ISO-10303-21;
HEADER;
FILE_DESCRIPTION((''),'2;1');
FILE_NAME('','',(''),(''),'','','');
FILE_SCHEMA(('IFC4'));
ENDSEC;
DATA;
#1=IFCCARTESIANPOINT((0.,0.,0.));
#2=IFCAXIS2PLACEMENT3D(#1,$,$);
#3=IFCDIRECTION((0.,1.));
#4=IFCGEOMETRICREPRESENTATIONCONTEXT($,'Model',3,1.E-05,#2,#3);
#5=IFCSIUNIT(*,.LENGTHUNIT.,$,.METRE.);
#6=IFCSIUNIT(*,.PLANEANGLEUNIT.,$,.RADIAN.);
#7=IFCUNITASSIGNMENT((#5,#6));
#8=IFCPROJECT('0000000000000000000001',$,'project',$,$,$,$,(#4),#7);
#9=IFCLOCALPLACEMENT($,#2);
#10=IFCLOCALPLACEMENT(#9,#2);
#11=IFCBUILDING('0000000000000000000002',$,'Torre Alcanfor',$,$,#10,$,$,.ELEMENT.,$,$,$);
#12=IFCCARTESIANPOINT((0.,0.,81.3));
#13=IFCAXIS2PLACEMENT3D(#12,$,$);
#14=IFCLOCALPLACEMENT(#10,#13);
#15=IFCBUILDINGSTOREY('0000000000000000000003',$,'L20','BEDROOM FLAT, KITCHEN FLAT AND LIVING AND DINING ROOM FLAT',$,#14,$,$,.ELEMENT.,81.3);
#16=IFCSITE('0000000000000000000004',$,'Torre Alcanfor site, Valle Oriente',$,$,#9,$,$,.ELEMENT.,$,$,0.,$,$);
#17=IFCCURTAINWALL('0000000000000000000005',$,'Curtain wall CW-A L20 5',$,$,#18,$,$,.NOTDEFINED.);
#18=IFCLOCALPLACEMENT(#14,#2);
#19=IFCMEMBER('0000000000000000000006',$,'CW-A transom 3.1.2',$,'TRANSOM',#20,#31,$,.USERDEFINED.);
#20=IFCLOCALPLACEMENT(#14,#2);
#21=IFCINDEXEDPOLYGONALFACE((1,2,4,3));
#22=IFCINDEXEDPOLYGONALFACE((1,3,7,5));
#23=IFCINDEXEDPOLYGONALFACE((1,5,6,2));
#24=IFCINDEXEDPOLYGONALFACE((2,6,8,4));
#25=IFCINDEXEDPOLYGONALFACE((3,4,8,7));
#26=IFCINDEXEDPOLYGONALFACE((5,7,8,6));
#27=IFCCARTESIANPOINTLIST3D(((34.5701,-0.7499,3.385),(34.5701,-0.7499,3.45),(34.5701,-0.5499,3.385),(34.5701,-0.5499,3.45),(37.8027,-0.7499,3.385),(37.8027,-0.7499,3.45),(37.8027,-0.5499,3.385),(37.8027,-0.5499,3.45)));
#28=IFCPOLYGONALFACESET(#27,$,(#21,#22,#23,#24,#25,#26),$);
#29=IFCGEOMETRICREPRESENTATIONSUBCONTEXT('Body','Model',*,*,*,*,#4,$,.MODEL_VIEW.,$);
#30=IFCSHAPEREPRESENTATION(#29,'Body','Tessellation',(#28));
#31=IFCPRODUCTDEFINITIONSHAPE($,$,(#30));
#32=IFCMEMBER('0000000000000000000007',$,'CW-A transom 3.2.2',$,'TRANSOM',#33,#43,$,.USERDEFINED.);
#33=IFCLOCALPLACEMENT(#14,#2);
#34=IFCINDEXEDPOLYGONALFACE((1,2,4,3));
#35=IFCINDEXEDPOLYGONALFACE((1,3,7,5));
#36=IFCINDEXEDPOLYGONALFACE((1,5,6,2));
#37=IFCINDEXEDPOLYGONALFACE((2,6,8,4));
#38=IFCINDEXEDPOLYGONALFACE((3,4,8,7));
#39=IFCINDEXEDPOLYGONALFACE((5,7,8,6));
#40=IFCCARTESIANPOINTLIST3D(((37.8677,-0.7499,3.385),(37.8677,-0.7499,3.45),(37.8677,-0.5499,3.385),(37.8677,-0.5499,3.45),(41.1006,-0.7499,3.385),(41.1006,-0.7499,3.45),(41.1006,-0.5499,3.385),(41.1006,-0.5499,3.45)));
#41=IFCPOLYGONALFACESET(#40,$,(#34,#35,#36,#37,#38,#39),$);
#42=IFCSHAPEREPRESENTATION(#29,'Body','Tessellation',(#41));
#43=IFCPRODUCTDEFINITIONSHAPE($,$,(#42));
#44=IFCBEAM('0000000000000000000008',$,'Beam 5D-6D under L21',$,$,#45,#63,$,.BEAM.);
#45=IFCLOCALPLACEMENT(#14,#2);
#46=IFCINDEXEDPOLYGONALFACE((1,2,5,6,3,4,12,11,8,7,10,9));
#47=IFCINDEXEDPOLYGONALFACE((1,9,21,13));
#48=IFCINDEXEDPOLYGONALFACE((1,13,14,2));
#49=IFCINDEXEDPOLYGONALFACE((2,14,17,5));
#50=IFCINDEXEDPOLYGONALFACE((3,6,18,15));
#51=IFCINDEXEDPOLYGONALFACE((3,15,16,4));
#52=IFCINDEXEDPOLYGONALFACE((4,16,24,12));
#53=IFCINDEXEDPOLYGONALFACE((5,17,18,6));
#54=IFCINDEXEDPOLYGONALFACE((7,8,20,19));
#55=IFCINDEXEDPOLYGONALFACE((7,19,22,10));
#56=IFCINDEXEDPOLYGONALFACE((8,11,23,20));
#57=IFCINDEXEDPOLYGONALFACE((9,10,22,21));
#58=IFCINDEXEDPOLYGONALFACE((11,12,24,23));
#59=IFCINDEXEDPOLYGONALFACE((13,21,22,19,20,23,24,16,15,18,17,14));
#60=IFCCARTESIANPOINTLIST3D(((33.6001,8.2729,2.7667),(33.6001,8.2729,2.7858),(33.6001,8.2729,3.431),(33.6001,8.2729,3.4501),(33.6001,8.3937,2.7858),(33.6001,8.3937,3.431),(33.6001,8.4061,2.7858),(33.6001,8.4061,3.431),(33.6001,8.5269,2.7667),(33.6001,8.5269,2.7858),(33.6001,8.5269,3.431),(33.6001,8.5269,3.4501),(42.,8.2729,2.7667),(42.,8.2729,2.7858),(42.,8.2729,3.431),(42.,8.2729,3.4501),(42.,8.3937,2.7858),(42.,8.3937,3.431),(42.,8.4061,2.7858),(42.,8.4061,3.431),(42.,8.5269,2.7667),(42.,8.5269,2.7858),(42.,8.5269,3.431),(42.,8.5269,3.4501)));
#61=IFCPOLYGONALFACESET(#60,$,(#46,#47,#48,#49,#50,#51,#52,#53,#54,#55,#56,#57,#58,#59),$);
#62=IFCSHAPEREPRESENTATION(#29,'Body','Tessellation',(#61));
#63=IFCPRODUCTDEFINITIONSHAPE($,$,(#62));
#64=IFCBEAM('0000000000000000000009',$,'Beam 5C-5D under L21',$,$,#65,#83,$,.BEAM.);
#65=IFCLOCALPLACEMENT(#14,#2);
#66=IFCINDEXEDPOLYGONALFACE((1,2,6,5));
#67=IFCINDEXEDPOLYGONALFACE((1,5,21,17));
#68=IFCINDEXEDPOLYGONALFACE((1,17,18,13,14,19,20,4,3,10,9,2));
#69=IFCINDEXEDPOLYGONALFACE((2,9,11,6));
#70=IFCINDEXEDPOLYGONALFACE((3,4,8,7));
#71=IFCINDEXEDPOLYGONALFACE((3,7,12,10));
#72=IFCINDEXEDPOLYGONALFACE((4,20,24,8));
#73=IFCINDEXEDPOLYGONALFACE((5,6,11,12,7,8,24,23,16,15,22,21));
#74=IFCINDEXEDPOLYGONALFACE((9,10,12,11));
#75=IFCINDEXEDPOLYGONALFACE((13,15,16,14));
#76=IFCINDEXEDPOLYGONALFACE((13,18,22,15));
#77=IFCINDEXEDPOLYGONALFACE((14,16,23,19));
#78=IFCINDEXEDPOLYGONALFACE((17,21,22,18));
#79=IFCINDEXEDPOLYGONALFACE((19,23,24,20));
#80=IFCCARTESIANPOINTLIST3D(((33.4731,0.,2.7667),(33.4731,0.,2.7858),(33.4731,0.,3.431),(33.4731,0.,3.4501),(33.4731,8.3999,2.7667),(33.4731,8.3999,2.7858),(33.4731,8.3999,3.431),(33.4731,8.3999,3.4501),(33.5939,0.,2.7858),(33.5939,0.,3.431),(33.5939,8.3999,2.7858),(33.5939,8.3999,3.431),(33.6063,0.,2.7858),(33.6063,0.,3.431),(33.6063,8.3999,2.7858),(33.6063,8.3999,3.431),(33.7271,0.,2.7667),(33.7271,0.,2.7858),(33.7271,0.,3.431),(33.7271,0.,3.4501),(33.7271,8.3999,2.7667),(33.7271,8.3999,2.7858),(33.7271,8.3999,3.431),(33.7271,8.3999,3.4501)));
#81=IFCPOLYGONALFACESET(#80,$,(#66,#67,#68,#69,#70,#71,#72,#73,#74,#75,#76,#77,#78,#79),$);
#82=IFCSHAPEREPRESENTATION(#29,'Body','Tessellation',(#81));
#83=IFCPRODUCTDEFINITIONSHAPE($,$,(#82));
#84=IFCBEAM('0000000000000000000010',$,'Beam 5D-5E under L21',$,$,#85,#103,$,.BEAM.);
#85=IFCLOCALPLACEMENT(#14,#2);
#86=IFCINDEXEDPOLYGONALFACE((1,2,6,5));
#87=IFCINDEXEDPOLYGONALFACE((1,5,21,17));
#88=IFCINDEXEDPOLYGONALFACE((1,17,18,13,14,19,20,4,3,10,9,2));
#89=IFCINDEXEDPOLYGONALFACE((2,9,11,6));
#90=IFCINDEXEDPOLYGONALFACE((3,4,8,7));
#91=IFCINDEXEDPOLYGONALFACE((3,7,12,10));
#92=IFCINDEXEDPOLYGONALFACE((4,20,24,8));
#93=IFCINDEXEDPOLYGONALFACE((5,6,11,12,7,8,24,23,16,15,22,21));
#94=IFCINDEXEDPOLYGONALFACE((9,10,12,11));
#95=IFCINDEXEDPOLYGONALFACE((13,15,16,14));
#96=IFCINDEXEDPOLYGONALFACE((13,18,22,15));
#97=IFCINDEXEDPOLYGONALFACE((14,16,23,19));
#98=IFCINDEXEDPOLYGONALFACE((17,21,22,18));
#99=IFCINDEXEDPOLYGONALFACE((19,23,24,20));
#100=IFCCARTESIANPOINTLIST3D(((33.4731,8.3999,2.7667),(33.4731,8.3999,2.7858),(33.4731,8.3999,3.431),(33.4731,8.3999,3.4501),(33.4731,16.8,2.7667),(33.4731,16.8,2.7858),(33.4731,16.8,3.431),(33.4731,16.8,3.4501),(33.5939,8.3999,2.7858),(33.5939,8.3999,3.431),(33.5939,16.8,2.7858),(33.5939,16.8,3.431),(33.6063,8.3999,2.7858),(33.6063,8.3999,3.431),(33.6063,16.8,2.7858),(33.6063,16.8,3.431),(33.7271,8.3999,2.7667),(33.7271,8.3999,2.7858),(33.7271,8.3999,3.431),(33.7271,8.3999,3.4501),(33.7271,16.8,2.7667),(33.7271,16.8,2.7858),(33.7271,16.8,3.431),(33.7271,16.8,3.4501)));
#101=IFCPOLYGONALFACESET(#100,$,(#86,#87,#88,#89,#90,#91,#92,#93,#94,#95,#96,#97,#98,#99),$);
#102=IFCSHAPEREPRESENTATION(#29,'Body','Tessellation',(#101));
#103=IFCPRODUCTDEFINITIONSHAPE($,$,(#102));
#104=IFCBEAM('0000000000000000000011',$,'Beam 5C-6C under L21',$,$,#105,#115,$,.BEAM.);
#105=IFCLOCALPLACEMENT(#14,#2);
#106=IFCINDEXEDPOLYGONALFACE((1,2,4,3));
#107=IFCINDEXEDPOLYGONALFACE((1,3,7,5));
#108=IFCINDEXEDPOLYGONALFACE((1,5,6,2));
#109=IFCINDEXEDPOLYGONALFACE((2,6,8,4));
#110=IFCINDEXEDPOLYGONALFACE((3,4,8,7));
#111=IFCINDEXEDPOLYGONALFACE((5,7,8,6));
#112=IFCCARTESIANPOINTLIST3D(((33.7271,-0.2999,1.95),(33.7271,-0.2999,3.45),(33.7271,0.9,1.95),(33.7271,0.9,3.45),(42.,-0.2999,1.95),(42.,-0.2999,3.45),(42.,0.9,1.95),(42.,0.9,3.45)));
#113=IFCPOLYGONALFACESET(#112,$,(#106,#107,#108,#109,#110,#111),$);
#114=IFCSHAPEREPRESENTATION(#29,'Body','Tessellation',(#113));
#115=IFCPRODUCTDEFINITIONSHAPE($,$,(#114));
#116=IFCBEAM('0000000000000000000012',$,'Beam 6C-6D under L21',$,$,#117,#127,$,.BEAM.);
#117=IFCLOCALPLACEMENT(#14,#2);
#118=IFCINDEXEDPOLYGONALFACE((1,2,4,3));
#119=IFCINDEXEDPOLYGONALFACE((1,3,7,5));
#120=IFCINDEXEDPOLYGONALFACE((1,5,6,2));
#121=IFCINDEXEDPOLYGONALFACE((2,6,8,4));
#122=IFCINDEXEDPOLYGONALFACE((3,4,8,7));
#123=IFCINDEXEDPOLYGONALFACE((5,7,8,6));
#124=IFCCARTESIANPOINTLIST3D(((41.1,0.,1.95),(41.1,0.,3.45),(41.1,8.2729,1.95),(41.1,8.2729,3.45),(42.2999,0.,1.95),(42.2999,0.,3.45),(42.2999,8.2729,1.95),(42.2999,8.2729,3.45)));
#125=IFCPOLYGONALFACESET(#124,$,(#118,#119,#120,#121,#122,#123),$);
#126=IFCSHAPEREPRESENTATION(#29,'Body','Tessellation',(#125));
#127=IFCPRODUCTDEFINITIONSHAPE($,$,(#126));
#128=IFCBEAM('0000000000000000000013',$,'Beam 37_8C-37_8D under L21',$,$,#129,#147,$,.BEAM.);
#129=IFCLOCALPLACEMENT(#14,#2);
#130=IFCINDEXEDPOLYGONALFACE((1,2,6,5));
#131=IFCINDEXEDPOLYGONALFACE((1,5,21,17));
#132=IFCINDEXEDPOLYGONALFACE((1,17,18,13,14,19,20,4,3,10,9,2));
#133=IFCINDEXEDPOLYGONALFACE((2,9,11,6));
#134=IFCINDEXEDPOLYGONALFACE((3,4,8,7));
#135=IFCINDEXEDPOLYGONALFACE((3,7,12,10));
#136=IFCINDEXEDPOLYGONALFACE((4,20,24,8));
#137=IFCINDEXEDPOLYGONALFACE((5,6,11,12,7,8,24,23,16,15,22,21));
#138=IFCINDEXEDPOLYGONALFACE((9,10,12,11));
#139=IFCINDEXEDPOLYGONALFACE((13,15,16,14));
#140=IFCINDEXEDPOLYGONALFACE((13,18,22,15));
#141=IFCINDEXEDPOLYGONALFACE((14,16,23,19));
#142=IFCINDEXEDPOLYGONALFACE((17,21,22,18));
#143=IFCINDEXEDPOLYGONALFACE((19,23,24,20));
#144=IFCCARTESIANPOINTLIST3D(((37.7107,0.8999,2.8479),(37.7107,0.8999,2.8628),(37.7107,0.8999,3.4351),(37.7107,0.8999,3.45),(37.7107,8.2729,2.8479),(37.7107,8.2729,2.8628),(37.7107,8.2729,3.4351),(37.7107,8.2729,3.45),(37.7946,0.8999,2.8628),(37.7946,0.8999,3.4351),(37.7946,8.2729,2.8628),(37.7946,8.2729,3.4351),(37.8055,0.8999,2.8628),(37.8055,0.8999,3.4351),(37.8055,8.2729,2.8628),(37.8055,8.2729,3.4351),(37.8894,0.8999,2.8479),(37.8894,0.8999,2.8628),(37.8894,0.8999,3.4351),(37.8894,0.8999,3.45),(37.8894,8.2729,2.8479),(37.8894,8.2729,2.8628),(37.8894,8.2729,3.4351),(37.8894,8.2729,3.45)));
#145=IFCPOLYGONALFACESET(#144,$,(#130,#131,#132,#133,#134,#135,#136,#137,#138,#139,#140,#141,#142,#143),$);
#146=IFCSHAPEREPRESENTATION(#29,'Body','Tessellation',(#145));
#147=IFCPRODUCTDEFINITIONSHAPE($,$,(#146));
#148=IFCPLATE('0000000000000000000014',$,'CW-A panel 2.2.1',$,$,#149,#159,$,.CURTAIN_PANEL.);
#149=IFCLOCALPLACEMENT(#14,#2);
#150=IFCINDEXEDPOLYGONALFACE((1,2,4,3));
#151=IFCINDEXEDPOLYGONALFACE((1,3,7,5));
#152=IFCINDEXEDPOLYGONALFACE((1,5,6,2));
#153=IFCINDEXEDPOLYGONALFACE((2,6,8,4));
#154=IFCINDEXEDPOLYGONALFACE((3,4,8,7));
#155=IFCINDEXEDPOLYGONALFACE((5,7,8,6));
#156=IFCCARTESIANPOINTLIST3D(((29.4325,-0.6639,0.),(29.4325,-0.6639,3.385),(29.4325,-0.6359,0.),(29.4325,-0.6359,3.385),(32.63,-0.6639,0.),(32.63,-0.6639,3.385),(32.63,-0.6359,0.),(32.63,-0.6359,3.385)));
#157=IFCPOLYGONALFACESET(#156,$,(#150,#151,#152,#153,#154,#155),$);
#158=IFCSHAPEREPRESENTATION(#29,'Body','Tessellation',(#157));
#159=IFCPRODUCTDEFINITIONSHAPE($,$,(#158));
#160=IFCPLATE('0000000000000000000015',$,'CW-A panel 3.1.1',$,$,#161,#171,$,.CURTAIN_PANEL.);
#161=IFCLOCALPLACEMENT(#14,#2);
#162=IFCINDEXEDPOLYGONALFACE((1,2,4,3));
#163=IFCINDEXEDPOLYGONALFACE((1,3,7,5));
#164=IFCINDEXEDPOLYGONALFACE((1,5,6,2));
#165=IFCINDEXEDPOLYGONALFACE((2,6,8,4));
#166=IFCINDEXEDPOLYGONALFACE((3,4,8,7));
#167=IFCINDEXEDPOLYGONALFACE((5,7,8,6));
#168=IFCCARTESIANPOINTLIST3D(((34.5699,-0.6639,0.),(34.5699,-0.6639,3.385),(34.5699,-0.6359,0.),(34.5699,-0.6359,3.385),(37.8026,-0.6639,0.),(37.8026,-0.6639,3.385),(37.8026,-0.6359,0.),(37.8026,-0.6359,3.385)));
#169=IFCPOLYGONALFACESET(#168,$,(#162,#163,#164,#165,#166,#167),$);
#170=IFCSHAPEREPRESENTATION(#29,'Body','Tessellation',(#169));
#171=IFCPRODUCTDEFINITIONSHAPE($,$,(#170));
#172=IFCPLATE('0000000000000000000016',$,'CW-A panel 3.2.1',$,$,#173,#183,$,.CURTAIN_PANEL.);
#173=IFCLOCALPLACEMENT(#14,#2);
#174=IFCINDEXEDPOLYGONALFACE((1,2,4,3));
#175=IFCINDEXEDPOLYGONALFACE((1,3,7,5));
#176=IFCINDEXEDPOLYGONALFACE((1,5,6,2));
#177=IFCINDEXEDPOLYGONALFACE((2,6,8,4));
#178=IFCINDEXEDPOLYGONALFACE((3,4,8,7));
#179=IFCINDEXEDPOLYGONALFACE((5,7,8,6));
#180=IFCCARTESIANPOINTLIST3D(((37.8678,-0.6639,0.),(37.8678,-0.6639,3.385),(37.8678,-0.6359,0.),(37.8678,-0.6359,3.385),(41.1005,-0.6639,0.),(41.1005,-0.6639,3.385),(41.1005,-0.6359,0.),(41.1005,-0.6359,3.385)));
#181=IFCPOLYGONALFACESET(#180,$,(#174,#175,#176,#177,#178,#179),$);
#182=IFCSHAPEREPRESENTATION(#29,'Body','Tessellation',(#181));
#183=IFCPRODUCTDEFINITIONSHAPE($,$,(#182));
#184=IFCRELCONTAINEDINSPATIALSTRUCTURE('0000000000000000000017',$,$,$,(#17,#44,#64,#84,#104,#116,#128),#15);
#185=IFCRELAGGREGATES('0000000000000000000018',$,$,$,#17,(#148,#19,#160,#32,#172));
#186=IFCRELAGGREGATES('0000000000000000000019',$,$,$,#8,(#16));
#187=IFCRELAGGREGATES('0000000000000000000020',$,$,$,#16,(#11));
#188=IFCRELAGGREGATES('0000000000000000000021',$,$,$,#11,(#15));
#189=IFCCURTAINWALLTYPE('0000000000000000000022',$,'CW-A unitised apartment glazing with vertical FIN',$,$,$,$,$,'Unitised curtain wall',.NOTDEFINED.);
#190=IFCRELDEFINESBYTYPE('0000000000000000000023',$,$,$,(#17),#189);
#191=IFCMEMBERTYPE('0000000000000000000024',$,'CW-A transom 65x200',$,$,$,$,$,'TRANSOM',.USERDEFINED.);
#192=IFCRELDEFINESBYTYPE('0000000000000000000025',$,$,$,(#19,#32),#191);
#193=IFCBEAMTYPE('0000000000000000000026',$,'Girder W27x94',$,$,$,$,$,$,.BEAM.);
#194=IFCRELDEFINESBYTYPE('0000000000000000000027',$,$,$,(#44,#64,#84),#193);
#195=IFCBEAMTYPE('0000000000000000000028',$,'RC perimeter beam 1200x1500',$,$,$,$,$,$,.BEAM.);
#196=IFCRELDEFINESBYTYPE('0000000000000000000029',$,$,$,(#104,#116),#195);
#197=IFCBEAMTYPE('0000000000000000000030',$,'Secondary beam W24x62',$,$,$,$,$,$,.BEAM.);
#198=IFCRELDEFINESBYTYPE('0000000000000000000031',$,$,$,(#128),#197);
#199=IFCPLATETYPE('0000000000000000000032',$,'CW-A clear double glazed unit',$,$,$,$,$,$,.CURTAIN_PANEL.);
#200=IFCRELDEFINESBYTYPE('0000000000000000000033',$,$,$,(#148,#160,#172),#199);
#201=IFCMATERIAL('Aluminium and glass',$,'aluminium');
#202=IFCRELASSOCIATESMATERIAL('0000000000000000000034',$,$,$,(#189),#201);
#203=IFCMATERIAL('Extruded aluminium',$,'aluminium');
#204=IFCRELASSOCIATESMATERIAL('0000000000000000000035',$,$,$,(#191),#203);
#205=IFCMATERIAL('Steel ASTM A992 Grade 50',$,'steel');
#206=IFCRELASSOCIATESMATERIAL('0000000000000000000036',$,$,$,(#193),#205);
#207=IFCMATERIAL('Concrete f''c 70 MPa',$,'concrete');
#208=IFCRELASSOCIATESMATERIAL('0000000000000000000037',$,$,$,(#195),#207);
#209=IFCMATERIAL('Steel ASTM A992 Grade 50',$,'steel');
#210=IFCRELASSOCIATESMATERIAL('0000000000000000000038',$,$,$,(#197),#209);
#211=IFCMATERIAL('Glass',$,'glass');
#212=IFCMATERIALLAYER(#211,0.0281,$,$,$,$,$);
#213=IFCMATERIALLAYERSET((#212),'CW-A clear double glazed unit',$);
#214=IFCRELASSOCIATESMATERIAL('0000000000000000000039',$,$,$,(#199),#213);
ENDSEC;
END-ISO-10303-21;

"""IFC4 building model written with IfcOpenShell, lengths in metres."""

from ifc_helpers import new_model, si_unit, direction, frame, origin, origin_2d, place, context, subcontext, project, spatial, rectangle, i_section, extrude, material, layer, layer_set, material_profile, profile_set, type_object, element, aggregate, save


model = new_model("IFC4")

# Units and contexts
model_context = context("Model", 3, precision=1e-05, world=origin(), true_north=direction((0.0, 1.0)))
body_context = subcontext(model_context, "Body", "Model", "MODEL_VIEW")
ifc_project = project(units=[si_unit("LENGTHUNIT", "METRE"), si_unit("PLANEANGLEUNIT", "RADIAN")], contexts=[model_context])

# Site, building, storey
site_placement = place(None, origin())
site = spatial("IfcSite", under=ifc_project, at=site_placement, Name="Torre Alcanfor site, Valle Oriente", CompositionType="ELEMENT", RefElevation=0.0)
building_placement = place(site_placement, origin())
building = spatial("IfcBuilding", under=site, at=building_placement, Name="Torre Alcanfor", CompositionType="ELEMENT")
storey_placement = place(building_placement, frame((0.0, 0.0, 81.3)))
storey = spatial("IfcBuildingStorey", under=building, at=storey_placement, Name="L20", Description="BEDROOM FLAT, KITCHEN FLAT AND LIVING AND DINING ROOM FLAT", CompositionType="ELEMENT", Elevation=81.3)

# Curtain wall, members
ifc_material_1 = material(Name="Aluminium and glass", Category="aluminium")
curtain_wall_type = type_object("IfcCurtainWallType", Name="CW-A unitised apartment glazing with vertical FIN", ElementType="Unitised curtain wall", PredefinedType="NOTDEFINED", material=ifc_material_1)
curtain_wall_placement = place(storey_placement, origin())
curtain_wall = element("IfcCurtainWall", 1, at=curtain_wall_placement, inside=storey, type_object=curtain_wall_type, Name="Curtain wall CW-A L20 5", PredefinedType="NOTDEFINED")
ifc_material_2 = material(Name="Extruded aluminium", Category="aluminium")
ifc_material_profile_1 = material_profile(ifc_material_2, rectangle(XDim=0.2, YDim=0.0649, at=origin_2d()), Name="CW-A transom 200x65")
ifc_profile_set_1 = profile_set([ifc_material_profile_1], Name="Extruded aluminium")
member_type_1 = type_object("IfcMemberType", Name="CW-A transom 65x200", ElementType="TRANSOM", PredefinedType="USERDEFINED", material=ifc_profile_set_1)
member_1_placement = place(storey_placement, frame((34.5701, -0.6499, 3.4175), z_axis=(1.0, 0.0, 0.0), x_axis=(0.0, 1.0, 0.0)))
member_1 = element("IfcMember", 2, at=member_1_placement, type_object=member_type_1, Name="CW-A transom 3.1.2", ObjectType="TRANSOM", PredefinedType="USERDEFINED", context=body_context, shape_type="SweptSolid", body=[
    extrude(rectangle(XDim=0.2, YDim=0.0649, at=origin_2d()), origin(), (0.0, 0.0, 1.0), 3.2327),
])
member_2_placement = place(storey_placement, frame((37.8677, -0.6499, 3.4175), z_axis=(1.0, 0.0, 0.0), x_axis=(0.0, 1.0, 0.0)))
member_2 = element("IfcMember", 3, at=member_2_placement, type_object=member_type_1, Name="CW-A transom 3.2.2", ObjectType="TRANSOM", PredefinedType="USERDEFINED", context=body_context, shape_type="SweptSolid", body=[
    extrude(rectangle(XDim=0.2, YDim=0.0649, at=origin_2d()), origin(), (0.0, 0.0, 1.0), 3.2329),
])

# Beams
ifc_material_3 = material(Name="Steel ASTM A992 Grade 50", Category="steel")
ifc_material_profile_2 = material_profile(ifc_material_3, i_section(OverallWidth=0.2539, OverallDepth=0.6833, WebThickness=0.0125, FlangeThickness=0.019, at=origin_2d()), Name="W27x94")
ifc_profile_set_2 = profile_set([ifc_material_profile_2], Name="Steel ASTM A992 Grade 50")
beam_type_1 = type_object("IfcBeamType", Name="Girder W27x94", PredefinedType="BEAM", material=ifc_profile_set_2)
for number, where, z_axis, x_axis, name in (
    (4, (33.6001, 8.3999, 3.1084), (1.0, 0.0, 0.0), (0.0, 1.0, 0.0), "Beam 5D-6D under L21"),
    (5, (33.6001, 0.0, 3.1084), (0.0, 1.0, 0.0), (-1.0, 0.0, 0.0), "Beam 5C-5D under L21"),
):
    element("IfcBeam", number, at=place(storey_placement, frame(where, z_axis=z_axis, x_axis=x_axis)), inside=storey, type_object=beam_type_1, Name=name, PredefinedType="BEAM", context=body_context, shape_type="SweptSolid", body=[
        extrude(i_section(OverallWidth=0.2539, OverallDepth=0.6833, WebThickness=0.0125, FlangeThickness=0.019, at=origin_2d()), origin(), (0.0, 0.0, 1.0), 8.3999),
    ])
beam_1_placement = place(storey_placement, frame((33.6001, 8.3999, 3.1084), z_axis=(0.0, 1.0, 0.0), x_axis=(-1.0, 0.0, 0.0)))
element("IfcBeam", 6, at=beam_1_placement, inside=storey, type_object=beam_type_1, Name="Beam 5D-5E under L21", PredefinedType="BEAM", context=body_context, shape_type="SweptSolid", body=[
    extrude(i_section(OverallWidth=0.2539, OverallDepth=0.6833, WebThickness=0.0125, FlangeThickness=0.019, at=origin_2d()), origin(), (0.0, 0.0, 1.0), 8.4001),
])
ifc_material_4 = material(Name="Concrete f'c 70 MPa", Category="concrete")
ifc_material_profile_3 = material_profile(ifc_material_4, rectangle(XDim=1.2, YDim=1.5, at=origin_2d()), Name="1200x1500")
ifc_profile_set_3 = profile_set([ifc_material_profile_3], Name="Concrete f'c 70 MPa")
beam_type_2 = type_object("IfcBeamType", Name="RC perimeter beam 1200x1500", PredefinedType="BEAM", material=ifc_profile_set_3)
for number, where, z_axis, x_axis, name in (
    (7, (33.7271, 0.3, 2.7), (1.0, 0.0, 0.0), (0.0, 1.0, 0.0), "Beam 5C-6C under L21"),
    (8, (41.7, 0.0, 2.7), (0.0, 1.0, 0.0), (-1.0, 0.0, 0.0), "Beam 6C-6D under L21"),
):
    element("IfcBeam", number, at=place(storey_placement, frame(where, z_axis=z_axis, x_axis=x_axis)), inside=storey, type_object=beam_type_2, Name=name, PredefinedType="BEAM", context=body_context, shape_type="SweptSolid", body=[
        extrude(rectangle(XDim=1.2, YDim=1.5, at=origin_2d()), origin(), (0.0, 0.0, 1.0), 8.2729),
    ])
ifc_material_5 = material(Name="Steel ASTM A992 Grade 50", Category="steel")
ifc_material_profile_4 = material_profile(ifc_material_5, i_section(OverallWidth=0.1787, OverallDepth=0.6021, WebThickness=0.011, FlangeThickness=0.0149, at=origin_2d()), Name="W24x62")
ifc_profile_set_4 = profile_set([ifc_material_profile_4], Name="Steel ASTM A992 Grade 50")
beam_type_3 = type_object("IfcBeamType", Name="Secondary beam W24x62", PredefinedType="BEAM", material=ifc_profile_set_4)
beam_2_placement = place(storey_placement, frame((37.8, 0.8999, 3.1489), z_axis=(0.0, 1.0, 0.0), x_axis=(-1.0, 0.0, 0.0)))
element("IfcBeam", 9, at=beam_2_placement, inside=storey, type_object=beam_type_3, Name="Beam 37_8C-37_8D under L21", PredefinedType="BEAM", context=body_context, shape_type="SweptSolid", body=[
    extrude(i_section(OverallWidth=0.1787, OverallDepth=0.6021, WebThickness=0.011, FlangeThickness=0.0149, at=origin_2d()), origin(), (0.0, 0.0, 1.0), 7.373),
])

# Plates
ifc_material_6 = material(Name="Glass", Category="glass")
ifc_layer_1 = layer(ifc_material_6, 0.0281)
ifc_layer_set_1 = layer_set([ifc_layer_1], Name="CW-A clear double glazed unit")
plate_type = type_object("IfcPlateType", Name="CW-A clear double glazed unit", PredefinedType="CURTAIN_PANEL", material=ifc_layer_set_1)
plate_1_placement = place(storey_placement, frame((31.0312, -0.6499, 0.0), z_axis=(0.0, 0.0, 1.0), x_axis=(1.0, 0.0, 0.0)))
plate_1 = element("IfcPlate", 10, at=plate_1_placement, type_object=plate_type, Name="CW-A panel 2.2.1", PredefinedType="CURTAIN_PANEL", context=body_context, shape_type="SweptSolid", body=[
    extrude(rectangle(XDim=3.1975, YDim=0.0281, at=origin_2d()), origin(), (0.0, 0.0, 1.0), 3.385),
])
plate_2_placement = place(storey_placement, frame((36.1863, -0.6499, 0.0), z_axis=(0.0, 0.0, 1.0), x_axis=(1.0, 0.0, 0.0)))
plate_2 = element("IfcPlate", 11, at=plate_2_placement, type_object=plate_type, Name="CW-A panel 3.1.1", PredefinedType="CURTAIN_PANEL", context=body_context, shape_type="SweptSolid", body=[
    extrude(rectangle(XDim=3.2327, YDim=0.0281, at=origin_2d()), origin(), (0.0, 0.0, 1.0), 3.385),
])
plate_3_placement = place(storey_placement, frame((39.4841, -0.6499, 0.0), z_axis=(0.0, 0.0, 1.0), x_axis=(1.0, 0.0, 0.0)))
plate_3 = element("IfcPlate", 12, at=plate_3_placement, type_object=plate_type, Name="CW-A panel 3.2.1", PredefinedType="CURTAIN_PANEL", context=body_context, shape_type="SweptSolid", body=[
    extrude(rectangle(XDim=3.2327, YDim=0.0281, at=origin_2d()), origin(), (0.0, 0.0, 1.0), 3.385),
])
aggregate(curtain_wall, [plate_1, member_1, plate_2, member_2, plate_3])

save(model, "model.ifc")
